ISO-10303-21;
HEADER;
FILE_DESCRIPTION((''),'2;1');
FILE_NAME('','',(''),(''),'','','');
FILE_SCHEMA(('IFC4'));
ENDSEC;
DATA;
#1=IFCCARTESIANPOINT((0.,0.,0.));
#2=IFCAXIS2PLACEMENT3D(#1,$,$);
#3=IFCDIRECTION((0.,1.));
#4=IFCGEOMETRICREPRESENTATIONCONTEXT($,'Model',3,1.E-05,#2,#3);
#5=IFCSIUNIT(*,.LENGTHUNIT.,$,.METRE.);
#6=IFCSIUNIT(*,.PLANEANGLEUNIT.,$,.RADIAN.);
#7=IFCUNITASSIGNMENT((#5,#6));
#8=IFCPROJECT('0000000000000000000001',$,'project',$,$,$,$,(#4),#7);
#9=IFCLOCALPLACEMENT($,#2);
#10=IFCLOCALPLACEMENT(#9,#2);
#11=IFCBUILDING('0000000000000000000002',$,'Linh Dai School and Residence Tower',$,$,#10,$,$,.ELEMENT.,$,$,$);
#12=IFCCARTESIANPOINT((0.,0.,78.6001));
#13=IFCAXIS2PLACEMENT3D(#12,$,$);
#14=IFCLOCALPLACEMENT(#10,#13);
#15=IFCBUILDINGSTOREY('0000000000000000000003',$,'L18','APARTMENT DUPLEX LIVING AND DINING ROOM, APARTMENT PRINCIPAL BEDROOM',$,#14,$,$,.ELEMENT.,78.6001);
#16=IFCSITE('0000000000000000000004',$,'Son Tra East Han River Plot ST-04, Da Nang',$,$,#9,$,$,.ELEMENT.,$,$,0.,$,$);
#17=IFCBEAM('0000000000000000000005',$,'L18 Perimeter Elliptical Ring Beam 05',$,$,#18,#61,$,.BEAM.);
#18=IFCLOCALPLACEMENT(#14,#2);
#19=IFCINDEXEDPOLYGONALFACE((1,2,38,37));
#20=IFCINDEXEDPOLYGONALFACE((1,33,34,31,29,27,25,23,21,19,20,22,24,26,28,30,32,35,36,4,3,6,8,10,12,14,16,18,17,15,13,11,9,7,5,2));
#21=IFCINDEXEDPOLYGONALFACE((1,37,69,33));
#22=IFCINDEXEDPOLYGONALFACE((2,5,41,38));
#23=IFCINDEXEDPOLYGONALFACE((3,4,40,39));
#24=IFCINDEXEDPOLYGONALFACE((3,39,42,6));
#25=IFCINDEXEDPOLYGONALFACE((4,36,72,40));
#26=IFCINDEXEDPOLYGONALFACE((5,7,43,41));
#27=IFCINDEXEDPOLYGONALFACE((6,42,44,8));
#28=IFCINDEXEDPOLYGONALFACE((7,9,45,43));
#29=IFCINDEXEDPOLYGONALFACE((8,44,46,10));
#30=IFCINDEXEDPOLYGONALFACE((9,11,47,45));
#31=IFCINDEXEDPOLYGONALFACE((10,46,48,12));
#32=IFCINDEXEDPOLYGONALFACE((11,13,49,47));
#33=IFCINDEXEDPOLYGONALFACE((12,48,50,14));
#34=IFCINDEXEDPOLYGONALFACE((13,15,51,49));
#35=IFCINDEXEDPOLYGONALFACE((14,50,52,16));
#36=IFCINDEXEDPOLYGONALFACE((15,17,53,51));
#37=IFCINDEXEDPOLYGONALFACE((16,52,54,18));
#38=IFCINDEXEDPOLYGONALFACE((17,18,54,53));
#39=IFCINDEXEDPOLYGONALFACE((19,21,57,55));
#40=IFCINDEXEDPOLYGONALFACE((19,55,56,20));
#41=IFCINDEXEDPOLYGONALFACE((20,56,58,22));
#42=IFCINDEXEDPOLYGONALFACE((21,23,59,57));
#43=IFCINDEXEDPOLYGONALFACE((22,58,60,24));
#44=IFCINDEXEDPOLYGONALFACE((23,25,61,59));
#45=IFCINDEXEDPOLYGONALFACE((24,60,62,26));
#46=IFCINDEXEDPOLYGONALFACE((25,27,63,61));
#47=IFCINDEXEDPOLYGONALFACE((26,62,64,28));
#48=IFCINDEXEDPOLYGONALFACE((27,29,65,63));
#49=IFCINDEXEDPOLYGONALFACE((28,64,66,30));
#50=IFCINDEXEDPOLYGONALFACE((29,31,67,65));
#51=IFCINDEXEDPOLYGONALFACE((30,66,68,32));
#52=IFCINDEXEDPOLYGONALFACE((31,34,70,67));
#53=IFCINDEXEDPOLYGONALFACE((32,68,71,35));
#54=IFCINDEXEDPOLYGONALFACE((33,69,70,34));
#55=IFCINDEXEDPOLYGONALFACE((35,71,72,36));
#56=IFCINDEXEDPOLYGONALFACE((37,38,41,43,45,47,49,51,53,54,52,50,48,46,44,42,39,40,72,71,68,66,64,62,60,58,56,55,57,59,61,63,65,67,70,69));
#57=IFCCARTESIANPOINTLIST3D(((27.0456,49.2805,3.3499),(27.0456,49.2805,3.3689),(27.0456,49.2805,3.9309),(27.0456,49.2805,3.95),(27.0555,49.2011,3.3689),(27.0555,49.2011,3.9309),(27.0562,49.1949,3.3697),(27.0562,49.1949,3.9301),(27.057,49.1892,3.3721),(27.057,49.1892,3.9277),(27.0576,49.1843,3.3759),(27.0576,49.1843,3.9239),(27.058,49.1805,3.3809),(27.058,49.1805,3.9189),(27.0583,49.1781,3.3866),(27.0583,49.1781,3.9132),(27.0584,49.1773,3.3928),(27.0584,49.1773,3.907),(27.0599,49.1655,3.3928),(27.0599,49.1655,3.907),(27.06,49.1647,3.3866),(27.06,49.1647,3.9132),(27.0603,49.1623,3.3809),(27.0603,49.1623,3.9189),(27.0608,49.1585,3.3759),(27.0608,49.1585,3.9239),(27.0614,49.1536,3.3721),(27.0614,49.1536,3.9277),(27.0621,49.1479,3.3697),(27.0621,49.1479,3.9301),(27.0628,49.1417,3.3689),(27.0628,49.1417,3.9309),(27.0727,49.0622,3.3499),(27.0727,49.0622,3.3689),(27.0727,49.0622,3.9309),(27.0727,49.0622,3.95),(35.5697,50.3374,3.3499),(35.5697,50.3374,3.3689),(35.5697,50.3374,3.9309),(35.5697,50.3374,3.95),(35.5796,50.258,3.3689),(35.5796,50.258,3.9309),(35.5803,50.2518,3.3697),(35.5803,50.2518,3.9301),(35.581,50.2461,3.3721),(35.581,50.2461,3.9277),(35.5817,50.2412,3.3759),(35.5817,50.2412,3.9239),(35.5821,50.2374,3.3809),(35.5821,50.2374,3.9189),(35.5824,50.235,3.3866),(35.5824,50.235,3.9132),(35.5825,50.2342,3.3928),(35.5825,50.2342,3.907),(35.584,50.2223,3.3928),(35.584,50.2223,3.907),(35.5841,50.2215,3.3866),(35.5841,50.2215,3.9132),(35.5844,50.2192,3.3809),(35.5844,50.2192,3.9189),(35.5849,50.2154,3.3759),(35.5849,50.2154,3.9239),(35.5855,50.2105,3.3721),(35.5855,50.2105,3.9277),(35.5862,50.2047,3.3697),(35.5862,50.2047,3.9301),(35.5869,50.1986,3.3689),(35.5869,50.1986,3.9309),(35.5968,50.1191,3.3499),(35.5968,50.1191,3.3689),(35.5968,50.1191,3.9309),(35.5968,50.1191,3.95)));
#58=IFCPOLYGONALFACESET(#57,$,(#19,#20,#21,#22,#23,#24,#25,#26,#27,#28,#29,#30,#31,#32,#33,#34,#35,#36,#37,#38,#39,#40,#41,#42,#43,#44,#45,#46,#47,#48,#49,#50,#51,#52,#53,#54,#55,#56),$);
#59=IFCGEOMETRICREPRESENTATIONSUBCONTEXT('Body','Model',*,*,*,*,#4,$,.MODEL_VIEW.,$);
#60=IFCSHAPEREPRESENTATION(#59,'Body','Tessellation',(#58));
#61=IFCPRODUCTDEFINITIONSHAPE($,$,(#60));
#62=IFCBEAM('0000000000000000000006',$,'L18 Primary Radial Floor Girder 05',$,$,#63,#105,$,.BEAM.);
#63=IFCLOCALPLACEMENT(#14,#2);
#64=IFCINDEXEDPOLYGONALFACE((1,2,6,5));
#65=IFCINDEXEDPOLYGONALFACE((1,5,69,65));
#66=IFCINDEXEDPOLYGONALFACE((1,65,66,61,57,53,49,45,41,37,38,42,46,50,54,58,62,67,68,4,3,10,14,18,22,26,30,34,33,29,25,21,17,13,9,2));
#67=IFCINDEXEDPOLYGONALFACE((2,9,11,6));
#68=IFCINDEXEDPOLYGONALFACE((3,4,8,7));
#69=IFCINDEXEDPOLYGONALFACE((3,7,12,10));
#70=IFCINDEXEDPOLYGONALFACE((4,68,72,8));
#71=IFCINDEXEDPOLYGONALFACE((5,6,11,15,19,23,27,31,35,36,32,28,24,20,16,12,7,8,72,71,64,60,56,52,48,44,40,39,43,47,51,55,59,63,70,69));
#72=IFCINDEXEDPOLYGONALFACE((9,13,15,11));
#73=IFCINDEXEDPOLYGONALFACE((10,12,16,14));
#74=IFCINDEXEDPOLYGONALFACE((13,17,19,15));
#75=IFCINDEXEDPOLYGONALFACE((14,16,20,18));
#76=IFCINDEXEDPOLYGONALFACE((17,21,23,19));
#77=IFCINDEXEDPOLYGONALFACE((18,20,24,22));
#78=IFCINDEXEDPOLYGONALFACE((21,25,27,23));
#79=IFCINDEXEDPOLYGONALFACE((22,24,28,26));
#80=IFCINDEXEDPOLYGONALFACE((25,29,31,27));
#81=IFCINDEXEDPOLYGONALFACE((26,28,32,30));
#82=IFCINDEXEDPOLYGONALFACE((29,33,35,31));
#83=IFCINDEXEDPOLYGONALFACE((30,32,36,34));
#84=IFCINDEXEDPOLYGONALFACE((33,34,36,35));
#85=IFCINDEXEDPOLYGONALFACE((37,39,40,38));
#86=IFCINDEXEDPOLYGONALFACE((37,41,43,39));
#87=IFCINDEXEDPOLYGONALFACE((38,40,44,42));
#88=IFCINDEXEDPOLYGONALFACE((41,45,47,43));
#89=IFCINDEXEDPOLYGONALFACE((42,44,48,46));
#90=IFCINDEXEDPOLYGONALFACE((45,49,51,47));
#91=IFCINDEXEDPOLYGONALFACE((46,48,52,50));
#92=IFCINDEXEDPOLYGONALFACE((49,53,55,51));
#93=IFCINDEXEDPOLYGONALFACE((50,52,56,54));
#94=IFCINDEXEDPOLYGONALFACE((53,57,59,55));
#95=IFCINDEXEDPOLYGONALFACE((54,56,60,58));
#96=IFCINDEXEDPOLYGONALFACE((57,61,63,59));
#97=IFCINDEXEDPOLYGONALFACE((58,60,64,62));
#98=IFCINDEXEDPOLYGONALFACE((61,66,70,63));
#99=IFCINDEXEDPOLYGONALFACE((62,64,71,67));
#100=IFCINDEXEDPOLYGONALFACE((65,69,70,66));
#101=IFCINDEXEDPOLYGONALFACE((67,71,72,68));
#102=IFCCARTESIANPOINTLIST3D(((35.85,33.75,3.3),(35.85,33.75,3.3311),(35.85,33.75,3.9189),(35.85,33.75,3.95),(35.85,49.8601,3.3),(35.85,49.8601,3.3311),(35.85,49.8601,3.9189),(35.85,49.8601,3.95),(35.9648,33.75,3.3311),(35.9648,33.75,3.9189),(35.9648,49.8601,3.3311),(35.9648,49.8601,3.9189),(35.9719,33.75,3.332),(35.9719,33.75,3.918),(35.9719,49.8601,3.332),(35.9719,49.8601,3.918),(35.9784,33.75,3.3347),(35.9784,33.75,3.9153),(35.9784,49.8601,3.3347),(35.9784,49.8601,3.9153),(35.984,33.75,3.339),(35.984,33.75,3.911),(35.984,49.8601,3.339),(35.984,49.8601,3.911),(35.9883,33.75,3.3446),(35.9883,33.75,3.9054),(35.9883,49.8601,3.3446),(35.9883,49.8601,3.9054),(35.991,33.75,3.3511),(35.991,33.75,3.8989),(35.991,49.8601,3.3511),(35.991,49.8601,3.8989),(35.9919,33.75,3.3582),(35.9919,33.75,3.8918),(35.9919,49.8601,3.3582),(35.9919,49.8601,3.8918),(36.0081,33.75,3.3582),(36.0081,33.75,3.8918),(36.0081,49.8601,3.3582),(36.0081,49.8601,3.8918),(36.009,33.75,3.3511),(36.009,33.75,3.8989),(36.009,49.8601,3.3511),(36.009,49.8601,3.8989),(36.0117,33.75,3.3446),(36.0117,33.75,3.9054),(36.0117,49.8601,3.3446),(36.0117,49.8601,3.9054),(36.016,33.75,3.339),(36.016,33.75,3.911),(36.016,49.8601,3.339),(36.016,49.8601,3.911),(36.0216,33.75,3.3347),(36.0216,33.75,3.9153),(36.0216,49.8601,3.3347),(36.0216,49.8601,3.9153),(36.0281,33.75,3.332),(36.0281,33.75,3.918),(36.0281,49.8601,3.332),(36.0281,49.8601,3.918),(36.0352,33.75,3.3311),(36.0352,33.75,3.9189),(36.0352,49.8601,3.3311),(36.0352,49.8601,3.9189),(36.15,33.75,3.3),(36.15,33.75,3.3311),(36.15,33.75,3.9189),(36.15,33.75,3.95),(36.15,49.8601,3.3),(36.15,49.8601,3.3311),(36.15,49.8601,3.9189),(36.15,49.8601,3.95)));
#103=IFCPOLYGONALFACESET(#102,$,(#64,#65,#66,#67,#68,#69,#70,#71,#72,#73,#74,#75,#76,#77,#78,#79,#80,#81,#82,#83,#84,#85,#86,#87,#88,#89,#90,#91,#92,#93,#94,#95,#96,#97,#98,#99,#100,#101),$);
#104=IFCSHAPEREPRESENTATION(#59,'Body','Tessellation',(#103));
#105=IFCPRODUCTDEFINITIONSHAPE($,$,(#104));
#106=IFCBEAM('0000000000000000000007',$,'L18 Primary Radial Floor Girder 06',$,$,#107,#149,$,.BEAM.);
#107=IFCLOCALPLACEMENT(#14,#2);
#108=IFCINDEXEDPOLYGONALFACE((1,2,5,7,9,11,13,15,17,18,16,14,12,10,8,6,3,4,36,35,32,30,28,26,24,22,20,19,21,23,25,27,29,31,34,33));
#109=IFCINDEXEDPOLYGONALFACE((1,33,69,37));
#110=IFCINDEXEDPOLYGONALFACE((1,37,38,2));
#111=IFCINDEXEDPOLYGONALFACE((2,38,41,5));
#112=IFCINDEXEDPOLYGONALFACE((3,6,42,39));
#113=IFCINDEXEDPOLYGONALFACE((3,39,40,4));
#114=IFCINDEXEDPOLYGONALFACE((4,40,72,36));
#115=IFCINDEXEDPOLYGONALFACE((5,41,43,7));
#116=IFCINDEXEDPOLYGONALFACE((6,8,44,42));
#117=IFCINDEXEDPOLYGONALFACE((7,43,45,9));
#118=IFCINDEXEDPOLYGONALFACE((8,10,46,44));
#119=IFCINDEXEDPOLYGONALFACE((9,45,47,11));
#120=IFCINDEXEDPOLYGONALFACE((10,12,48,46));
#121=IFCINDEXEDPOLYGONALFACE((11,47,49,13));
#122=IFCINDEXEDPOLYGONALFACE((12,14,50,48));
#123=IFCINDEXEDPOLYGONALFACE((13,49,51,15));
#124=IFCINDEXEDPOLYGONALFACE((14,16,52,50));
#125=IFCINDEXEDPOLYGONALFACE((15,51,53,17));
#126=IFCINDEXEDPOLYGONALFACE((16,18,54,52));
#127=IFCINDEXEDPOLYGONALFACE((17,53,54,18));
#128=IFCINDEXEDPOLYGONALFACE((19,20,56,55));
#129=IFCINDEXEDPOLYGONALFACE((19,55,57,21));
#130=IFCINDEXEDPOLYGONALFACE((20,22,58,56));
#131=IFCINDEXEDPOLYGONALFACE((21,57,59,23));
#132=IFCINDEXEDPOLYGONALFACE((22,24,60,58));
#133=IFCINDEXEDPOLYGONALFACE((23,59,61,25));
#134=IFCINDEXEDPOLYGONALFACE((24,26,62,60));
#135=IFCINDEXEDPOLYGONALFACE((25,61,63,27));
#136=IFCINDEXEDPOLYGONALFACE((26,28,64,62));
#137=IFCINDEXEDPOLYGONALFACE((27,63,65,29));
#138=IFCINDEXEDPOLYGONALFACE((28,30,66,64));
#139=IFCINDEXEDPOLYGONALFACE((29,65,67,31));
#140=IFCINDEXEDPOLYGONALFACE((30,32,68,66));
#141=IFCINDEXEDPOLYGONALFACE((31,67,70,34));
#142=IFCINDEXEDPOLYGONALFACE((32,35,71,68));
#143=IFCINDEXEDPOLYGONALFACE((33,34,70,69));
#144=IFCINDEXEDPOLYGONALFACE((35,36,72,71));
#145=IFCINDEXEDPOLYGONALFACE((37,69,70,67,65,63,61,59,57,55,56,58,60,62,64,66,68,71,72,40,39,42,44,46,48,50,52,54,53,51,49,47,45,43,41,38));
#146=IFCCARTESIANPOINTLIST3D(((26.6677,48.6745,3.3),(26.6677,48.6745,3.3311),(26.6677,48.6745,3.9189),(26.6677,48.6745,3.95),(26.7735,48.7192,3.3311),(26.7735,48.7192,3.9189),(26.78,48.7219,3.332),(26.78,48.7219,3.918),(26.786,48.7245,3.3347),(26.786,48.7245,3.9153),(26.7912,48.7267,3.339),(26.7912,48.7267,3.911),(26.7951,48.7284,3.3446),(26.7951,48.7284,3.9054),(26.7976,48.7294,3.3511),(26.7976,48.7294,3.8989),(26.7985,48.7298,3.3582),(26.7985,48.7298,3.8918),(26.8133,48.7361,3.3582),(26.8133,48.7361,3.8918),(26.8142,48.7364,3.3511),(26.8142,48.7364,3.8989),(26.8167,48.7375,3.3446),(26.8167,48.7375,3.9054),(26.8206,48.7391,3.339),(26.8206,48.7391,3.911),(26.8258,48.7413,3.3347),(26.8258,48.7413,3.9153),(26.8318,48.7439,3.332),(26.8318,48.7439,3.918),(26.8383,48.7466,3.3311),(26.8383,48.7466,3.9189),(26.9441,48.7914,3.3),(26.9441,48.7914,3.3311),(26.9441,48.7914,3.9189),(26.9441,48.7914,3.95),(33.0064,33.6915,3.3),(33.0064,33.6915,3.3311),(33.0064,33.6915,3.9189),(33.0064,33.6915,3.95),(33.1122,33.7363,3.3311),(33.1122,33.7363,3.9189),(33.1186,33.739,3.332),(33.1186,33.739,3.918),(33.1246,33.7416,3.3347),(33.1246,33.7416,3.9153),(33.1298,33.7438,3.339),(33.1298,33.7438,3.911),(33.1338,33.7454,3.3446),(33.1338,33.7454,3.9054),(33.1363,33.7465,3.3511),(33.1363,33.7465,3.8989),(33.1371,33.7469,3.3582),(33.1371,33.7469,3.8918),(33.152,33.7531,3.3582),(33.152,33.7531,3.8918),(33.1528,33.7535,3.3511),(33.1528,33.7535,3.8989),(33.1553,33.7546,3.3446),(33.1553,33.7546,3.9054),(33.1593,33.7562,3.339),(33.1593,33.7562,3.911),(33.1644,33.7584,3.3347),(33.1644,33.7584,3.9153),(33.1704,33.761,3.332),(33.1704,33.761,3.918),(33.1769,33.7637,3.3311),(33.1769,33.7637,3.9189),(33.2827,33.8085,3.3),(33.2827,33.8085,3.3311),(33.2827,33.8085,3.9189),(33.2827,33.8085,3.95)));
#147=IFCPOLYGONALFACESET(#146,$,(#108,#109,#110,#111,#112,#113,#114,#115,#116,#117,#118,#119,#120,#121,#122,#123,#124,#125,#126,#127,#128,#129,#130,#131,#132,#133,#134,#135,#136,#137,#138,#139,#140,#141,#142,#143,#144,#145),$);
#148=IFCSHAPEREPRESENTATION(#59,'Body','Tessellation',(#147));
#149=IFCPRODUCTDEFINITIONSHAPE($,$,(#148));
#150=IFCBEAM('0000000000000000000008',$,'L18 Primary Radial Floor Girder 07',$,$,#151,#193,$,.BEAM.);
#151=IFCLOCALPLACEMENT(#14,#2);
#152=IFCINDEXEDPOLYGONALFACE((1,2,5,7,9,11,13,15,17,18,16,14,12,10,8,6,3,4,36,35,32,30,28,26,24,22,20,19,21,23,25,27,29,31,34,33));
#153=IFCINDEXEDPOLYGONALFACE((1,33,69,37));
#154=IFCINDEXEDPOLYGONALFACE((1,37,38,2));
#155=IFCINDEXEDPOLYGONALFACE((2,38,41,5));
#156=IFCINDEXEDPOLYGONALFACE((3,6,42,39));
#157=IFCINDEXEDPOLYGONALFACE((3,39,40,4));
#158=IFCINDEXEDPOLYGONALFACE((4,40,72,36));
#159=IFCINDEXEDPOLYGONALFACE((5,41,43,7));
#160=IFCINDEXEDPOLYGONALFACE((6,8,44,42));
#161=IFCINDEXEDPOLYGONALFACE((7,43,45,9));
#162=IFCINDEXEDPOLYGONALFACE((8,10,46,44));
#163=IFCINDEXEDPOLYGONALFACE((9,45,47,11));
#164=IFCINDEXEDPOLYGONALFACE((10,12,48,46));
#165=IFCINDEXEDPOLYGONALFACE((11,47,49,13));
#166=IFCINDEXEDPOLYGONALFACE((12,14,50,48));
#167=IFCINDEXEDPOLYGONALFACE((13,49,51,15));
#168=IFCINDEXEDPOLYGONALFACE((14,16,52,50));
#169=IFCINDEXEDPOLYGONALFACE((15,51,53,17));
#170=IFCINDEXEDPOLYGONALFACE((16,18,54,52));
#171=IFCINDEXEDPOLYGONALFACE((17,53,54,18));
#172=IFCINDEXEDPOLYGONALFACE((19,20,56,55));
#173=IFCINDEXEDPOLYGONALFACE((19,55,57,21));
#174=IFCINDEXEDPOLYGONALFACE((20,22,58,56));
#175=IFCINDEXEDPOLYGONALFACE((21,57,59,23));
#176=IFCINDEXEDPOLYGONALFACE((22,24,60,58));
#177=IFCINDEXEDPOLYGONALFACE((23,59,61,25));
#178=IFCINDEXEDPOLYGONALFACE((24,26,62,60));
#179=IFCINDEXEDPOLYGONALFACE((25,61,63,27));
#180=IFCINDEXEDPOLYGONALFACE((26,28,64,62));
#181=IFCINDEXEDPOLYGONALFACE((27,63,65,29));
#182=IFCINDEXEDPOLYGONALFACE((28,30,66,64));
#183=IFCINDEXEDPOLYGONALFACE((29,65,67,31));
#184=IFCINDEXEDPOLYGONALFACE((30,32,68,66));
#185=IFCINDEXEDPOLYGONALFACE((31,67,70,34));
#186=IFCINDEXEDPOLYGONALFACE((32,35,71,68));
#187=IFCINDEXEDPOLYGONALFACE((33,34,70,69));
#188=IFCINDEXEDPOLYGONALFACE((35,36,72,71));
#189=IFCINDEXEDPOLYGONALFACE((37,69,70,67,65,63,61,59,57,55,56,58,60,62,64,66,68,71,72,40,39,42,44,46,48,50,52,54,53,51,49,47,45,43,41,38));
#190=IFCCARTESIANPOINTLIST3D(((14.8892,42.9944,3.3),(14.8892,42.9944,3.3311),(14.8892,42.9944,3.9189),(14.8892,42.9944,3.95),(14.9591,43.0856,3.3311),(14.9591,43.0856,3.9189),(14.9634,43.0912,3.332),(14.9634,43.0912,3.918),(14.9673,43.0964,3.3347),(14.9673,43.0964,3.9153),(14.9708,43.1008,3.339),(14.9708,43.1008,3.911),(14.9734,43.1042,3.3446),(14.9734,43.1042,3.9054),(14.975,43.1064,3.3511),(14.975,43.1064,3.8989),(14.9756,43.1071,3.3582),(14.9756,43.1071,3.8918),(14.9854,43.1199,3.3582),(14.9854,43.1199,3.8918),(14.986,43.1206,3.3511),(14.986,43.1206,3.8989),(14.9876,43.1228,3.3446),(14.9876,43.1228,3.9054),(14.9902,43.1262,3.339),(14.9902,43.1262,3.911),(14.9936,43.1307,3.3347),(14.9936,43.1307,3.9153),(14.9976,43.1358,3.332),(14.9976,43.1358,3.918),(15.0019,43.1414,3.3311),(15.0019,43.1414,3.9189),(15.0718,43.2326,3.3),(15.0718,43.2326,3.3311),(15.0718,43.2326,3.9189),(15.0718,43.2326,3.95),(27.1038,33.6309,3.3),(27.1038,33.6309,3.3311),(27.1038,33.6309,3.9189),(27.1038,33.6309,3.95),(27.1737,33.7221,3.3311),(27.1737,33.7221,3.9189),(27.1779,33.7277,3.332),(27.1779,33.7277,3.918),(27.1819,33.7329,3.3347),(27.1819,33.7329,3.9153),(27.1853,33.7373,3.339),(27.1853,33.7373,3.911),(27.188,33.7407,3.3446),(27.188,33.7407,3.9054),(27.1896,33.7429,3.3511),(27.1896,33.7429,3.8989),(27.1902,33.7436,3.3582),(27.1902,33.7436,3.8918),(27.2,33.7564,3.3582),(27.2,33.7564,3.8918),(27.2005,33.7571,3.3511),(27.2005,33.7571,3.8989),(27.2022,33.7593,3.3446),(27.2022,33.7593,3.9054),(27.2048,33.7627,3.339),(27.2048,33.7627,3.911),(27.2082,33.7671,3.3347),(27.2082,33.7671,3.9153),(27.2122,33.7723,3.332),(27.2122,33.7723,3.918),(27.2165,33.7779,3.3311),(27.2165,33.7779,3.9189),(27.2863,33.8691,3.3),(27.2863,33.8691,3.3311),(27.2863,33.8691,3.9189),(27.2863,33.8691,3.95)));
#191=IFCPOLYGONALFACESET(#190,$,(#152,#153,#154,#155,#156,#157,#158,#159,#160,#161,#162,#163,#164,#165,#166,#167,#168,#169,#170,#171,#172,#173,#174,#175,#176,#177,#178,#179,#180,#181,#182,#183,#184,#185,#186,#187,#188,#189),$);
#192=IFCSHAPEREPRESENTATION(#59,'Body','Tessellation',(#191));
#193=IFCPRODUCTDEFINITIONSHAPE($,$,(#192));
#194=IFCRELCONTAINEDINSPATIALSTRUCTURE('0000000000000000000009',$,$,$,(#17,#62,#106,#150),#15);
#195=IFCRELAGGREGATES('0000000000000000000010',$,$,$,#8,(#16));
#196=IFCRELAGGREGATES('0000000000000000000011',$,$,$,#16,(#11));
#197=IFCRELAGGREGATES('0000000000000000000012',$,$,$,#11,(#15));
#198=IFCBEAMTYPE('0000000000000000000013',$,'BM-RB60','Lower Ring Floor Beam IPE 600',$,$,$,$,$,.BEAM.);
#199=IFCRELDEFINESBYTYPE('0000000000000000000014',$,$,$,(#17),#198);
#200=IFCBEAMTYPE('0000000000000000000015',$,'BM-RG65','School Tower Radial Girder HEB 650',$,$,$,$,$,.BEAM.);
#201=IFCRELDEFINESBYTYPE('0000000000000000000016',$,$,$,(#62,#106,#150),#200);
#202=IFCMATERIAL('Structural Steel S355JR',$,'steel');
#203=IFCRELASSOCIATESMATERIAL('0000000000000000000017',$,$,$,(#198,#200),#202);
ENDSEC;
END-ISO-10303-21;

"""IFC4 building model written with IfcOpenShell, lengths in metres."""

from ifc_helpers import new_model, si_unit, direction, frame, origin, origin_2d, place, context, subcontext, project, spatial, i_section, extrude, material, material_profile, profile_set, type_object, element, save


model = new_model("IFC4")

# Units and contexts
model_context = context("Model", 3, precision=1e-05, world=origin(), true_north=direction((0.0, 1.0)))
body_context = subcontext(model_context, "Body", "Model", "MODEL_VIEW")
ifc_project = project(units=[si_unit("LENGTHUNIT", "METRE"), si_unit("PLANEANGLEUNIT", "RADIAN")], contexts=[model_context])

# Site, building, storey
site_placement = place(None, origin())
site = spatial("IfcSite", under=ifc_project, at=site_placement, Name="Son Tra East Han River Plot ST-04, Da Nang", CompositionType="ELEMENT", RefElevation=0.0)
building_placement = place(site_placement, origin())
building = spatial("IfcBuilding", under=site, at=building_placement, Name="Linh Dai School and Residence Tower", CompositionType="ELEMENT")
storey_placement = place(building_placement, frame((0.0, 0.0, 78.6001)))
storey = spatial("IfcBuildingStorey", under=building, at=storey_placement, Name="L18", Description="APARTMENT DUPLEX LIVING AND DINING ROOM, APARTMENT PRINCIPAL BEDROOM", CompositionType="ELEMENT", Elevation=78.6001)

# Shared definitions
ifc_material_1 = material(Name="Structural Steel S355JR", Category="steel")

# Beams
ifc_material_profile_1 = material_profile(ifc_material_1, i_section(OverallWidth=0.22, OverallDepth=0.6001, WebThickness=0.012, FlangeThickness=0.019, FilletRadius=0.0239, at=origin_2d()), Name="IPE 600")
ifc_profile_set_1 = profile_set([ifc_material_profile_1], Name="Structural Steel S355JR")
beam_type_1 = type_object("IfcBeamType", Name="BM-RB60", Description="Lower Ring Floor Beam IPE 600", PredefinedType="BEAM", material=ifc_profile_set_1)
beam_1_placement = place(storey_placement, frame((35.5833, 50.2283, 3.6499), z_axis=(-0.992401, -0.123045, 0.0), x_axis=(0.123045, -0.992401, 0.0)))
element("IfcBeam", 1, at=beam_1_placement, inside=storey, type_object=beam_type_1, Name="L18 Perimeter Elliptical Ring Beam 05", PredefinedType="BEAM", context=body_context, shape_type="SweptSolid", body=[
    extrude(i_section(OverallWidth=0.22, OverallDepth=0.6001, WebThickness=0.012, FlangeThickness=0.019, FilletRadius=0.0239, at=origin_2d()), origin(), (0.0, 0.0, 1.0), 8.5894),
])
ifc_material_profile_2 = material_profile(ifc_material_1, i_section(OverallWidth=0.3, OverallDepth=0.6499, WebThickness=0.0161, FlangeThickness=0.031, FilletRadius=0.0271, at=origin_2d()), Name="HEB 650")
ifc_profile_set_2 = profile_set([ifc_material_profile_2], Name="Structural Steel S355JR")
beam_type_2 = type_object("IfcBeamType", Name="BM-RG65", Description="School Tower Radial Girder HEB 650", PredefinedType="BEAM", material=ifc_profile_set_2)
beam_2_placement = place(storey_placement, frame((36.0, 33.75, 3.625), z_axis=(0.0, 1.0, 0.0), x_axis=(-1.0, 0.0, 0.0)))
element("IfcBeam", 2, at=beam_2_placement, inside=storey, type_object=beam_type_2, Name="L18 Primary Radial Floor Girder 05", PredefinedType="BEAM", context=body_context, shape_type="SweptSolid", body=[
    extrude(i_section(OverallWidth=0.3, OverallDepth=0.6499, WebThickness=0.0161, FlangeThickness=0.031, FilletRadius=0.0271, at=origin_2d()), origin(), (0.0, 0.0, 1.0), 16.1101),
])
beam_3_placement = place(storey_placement, frame((33.1445, 33.75, 3.625), z_axis=(-0.389624, 0.920974, 0.0), x_axis=(-0.920974, -0.389624, 0.0)))
element("IfcBeam", 3, at=beam_3_placement, inside=storey, type_object=beam_type_2, Name="L18 Primary Radial Floor Girder 06", PredefinedType="BEAM", context=body_context, shape_type="SweptSolid", body=[
    extrude(i_section(OverallWidth=0.3, OverallDepth=0.6499, WebThickness=0.0161, FlangeThickness=0.031, FilletRadius=0.0271, at=origin_2d()), origin(), (0.0, 0.0, 1.0), 16.2686),
])
beam_4_placement = place(storey_placement, frame((27.1951, 33.75, 3.625), z_axis=(-0.793638, 0.608391, 0.0), x_axis=(-0.608391, -0.793638, 0.0)))
element("IfcBeam", 4, at=beam_4_placement, inside=storey, type_object=beam_type_2, Name="L18 Primary Radial Floor Girder 07", PredefinedType="BEAM", context=body_context, shape_type="SweptSolid", body=[
    extrude(i_section(OverallWidth=0.3, OverallDepth=0.6499, WebThickness=0.0161, FlangeThickness=0.031, FilletRadius=0.0271, at=origin_2d()), origin(), (0.0, 0.0, 1.0), 15.3906),
])

save(model, "model.ifc")
